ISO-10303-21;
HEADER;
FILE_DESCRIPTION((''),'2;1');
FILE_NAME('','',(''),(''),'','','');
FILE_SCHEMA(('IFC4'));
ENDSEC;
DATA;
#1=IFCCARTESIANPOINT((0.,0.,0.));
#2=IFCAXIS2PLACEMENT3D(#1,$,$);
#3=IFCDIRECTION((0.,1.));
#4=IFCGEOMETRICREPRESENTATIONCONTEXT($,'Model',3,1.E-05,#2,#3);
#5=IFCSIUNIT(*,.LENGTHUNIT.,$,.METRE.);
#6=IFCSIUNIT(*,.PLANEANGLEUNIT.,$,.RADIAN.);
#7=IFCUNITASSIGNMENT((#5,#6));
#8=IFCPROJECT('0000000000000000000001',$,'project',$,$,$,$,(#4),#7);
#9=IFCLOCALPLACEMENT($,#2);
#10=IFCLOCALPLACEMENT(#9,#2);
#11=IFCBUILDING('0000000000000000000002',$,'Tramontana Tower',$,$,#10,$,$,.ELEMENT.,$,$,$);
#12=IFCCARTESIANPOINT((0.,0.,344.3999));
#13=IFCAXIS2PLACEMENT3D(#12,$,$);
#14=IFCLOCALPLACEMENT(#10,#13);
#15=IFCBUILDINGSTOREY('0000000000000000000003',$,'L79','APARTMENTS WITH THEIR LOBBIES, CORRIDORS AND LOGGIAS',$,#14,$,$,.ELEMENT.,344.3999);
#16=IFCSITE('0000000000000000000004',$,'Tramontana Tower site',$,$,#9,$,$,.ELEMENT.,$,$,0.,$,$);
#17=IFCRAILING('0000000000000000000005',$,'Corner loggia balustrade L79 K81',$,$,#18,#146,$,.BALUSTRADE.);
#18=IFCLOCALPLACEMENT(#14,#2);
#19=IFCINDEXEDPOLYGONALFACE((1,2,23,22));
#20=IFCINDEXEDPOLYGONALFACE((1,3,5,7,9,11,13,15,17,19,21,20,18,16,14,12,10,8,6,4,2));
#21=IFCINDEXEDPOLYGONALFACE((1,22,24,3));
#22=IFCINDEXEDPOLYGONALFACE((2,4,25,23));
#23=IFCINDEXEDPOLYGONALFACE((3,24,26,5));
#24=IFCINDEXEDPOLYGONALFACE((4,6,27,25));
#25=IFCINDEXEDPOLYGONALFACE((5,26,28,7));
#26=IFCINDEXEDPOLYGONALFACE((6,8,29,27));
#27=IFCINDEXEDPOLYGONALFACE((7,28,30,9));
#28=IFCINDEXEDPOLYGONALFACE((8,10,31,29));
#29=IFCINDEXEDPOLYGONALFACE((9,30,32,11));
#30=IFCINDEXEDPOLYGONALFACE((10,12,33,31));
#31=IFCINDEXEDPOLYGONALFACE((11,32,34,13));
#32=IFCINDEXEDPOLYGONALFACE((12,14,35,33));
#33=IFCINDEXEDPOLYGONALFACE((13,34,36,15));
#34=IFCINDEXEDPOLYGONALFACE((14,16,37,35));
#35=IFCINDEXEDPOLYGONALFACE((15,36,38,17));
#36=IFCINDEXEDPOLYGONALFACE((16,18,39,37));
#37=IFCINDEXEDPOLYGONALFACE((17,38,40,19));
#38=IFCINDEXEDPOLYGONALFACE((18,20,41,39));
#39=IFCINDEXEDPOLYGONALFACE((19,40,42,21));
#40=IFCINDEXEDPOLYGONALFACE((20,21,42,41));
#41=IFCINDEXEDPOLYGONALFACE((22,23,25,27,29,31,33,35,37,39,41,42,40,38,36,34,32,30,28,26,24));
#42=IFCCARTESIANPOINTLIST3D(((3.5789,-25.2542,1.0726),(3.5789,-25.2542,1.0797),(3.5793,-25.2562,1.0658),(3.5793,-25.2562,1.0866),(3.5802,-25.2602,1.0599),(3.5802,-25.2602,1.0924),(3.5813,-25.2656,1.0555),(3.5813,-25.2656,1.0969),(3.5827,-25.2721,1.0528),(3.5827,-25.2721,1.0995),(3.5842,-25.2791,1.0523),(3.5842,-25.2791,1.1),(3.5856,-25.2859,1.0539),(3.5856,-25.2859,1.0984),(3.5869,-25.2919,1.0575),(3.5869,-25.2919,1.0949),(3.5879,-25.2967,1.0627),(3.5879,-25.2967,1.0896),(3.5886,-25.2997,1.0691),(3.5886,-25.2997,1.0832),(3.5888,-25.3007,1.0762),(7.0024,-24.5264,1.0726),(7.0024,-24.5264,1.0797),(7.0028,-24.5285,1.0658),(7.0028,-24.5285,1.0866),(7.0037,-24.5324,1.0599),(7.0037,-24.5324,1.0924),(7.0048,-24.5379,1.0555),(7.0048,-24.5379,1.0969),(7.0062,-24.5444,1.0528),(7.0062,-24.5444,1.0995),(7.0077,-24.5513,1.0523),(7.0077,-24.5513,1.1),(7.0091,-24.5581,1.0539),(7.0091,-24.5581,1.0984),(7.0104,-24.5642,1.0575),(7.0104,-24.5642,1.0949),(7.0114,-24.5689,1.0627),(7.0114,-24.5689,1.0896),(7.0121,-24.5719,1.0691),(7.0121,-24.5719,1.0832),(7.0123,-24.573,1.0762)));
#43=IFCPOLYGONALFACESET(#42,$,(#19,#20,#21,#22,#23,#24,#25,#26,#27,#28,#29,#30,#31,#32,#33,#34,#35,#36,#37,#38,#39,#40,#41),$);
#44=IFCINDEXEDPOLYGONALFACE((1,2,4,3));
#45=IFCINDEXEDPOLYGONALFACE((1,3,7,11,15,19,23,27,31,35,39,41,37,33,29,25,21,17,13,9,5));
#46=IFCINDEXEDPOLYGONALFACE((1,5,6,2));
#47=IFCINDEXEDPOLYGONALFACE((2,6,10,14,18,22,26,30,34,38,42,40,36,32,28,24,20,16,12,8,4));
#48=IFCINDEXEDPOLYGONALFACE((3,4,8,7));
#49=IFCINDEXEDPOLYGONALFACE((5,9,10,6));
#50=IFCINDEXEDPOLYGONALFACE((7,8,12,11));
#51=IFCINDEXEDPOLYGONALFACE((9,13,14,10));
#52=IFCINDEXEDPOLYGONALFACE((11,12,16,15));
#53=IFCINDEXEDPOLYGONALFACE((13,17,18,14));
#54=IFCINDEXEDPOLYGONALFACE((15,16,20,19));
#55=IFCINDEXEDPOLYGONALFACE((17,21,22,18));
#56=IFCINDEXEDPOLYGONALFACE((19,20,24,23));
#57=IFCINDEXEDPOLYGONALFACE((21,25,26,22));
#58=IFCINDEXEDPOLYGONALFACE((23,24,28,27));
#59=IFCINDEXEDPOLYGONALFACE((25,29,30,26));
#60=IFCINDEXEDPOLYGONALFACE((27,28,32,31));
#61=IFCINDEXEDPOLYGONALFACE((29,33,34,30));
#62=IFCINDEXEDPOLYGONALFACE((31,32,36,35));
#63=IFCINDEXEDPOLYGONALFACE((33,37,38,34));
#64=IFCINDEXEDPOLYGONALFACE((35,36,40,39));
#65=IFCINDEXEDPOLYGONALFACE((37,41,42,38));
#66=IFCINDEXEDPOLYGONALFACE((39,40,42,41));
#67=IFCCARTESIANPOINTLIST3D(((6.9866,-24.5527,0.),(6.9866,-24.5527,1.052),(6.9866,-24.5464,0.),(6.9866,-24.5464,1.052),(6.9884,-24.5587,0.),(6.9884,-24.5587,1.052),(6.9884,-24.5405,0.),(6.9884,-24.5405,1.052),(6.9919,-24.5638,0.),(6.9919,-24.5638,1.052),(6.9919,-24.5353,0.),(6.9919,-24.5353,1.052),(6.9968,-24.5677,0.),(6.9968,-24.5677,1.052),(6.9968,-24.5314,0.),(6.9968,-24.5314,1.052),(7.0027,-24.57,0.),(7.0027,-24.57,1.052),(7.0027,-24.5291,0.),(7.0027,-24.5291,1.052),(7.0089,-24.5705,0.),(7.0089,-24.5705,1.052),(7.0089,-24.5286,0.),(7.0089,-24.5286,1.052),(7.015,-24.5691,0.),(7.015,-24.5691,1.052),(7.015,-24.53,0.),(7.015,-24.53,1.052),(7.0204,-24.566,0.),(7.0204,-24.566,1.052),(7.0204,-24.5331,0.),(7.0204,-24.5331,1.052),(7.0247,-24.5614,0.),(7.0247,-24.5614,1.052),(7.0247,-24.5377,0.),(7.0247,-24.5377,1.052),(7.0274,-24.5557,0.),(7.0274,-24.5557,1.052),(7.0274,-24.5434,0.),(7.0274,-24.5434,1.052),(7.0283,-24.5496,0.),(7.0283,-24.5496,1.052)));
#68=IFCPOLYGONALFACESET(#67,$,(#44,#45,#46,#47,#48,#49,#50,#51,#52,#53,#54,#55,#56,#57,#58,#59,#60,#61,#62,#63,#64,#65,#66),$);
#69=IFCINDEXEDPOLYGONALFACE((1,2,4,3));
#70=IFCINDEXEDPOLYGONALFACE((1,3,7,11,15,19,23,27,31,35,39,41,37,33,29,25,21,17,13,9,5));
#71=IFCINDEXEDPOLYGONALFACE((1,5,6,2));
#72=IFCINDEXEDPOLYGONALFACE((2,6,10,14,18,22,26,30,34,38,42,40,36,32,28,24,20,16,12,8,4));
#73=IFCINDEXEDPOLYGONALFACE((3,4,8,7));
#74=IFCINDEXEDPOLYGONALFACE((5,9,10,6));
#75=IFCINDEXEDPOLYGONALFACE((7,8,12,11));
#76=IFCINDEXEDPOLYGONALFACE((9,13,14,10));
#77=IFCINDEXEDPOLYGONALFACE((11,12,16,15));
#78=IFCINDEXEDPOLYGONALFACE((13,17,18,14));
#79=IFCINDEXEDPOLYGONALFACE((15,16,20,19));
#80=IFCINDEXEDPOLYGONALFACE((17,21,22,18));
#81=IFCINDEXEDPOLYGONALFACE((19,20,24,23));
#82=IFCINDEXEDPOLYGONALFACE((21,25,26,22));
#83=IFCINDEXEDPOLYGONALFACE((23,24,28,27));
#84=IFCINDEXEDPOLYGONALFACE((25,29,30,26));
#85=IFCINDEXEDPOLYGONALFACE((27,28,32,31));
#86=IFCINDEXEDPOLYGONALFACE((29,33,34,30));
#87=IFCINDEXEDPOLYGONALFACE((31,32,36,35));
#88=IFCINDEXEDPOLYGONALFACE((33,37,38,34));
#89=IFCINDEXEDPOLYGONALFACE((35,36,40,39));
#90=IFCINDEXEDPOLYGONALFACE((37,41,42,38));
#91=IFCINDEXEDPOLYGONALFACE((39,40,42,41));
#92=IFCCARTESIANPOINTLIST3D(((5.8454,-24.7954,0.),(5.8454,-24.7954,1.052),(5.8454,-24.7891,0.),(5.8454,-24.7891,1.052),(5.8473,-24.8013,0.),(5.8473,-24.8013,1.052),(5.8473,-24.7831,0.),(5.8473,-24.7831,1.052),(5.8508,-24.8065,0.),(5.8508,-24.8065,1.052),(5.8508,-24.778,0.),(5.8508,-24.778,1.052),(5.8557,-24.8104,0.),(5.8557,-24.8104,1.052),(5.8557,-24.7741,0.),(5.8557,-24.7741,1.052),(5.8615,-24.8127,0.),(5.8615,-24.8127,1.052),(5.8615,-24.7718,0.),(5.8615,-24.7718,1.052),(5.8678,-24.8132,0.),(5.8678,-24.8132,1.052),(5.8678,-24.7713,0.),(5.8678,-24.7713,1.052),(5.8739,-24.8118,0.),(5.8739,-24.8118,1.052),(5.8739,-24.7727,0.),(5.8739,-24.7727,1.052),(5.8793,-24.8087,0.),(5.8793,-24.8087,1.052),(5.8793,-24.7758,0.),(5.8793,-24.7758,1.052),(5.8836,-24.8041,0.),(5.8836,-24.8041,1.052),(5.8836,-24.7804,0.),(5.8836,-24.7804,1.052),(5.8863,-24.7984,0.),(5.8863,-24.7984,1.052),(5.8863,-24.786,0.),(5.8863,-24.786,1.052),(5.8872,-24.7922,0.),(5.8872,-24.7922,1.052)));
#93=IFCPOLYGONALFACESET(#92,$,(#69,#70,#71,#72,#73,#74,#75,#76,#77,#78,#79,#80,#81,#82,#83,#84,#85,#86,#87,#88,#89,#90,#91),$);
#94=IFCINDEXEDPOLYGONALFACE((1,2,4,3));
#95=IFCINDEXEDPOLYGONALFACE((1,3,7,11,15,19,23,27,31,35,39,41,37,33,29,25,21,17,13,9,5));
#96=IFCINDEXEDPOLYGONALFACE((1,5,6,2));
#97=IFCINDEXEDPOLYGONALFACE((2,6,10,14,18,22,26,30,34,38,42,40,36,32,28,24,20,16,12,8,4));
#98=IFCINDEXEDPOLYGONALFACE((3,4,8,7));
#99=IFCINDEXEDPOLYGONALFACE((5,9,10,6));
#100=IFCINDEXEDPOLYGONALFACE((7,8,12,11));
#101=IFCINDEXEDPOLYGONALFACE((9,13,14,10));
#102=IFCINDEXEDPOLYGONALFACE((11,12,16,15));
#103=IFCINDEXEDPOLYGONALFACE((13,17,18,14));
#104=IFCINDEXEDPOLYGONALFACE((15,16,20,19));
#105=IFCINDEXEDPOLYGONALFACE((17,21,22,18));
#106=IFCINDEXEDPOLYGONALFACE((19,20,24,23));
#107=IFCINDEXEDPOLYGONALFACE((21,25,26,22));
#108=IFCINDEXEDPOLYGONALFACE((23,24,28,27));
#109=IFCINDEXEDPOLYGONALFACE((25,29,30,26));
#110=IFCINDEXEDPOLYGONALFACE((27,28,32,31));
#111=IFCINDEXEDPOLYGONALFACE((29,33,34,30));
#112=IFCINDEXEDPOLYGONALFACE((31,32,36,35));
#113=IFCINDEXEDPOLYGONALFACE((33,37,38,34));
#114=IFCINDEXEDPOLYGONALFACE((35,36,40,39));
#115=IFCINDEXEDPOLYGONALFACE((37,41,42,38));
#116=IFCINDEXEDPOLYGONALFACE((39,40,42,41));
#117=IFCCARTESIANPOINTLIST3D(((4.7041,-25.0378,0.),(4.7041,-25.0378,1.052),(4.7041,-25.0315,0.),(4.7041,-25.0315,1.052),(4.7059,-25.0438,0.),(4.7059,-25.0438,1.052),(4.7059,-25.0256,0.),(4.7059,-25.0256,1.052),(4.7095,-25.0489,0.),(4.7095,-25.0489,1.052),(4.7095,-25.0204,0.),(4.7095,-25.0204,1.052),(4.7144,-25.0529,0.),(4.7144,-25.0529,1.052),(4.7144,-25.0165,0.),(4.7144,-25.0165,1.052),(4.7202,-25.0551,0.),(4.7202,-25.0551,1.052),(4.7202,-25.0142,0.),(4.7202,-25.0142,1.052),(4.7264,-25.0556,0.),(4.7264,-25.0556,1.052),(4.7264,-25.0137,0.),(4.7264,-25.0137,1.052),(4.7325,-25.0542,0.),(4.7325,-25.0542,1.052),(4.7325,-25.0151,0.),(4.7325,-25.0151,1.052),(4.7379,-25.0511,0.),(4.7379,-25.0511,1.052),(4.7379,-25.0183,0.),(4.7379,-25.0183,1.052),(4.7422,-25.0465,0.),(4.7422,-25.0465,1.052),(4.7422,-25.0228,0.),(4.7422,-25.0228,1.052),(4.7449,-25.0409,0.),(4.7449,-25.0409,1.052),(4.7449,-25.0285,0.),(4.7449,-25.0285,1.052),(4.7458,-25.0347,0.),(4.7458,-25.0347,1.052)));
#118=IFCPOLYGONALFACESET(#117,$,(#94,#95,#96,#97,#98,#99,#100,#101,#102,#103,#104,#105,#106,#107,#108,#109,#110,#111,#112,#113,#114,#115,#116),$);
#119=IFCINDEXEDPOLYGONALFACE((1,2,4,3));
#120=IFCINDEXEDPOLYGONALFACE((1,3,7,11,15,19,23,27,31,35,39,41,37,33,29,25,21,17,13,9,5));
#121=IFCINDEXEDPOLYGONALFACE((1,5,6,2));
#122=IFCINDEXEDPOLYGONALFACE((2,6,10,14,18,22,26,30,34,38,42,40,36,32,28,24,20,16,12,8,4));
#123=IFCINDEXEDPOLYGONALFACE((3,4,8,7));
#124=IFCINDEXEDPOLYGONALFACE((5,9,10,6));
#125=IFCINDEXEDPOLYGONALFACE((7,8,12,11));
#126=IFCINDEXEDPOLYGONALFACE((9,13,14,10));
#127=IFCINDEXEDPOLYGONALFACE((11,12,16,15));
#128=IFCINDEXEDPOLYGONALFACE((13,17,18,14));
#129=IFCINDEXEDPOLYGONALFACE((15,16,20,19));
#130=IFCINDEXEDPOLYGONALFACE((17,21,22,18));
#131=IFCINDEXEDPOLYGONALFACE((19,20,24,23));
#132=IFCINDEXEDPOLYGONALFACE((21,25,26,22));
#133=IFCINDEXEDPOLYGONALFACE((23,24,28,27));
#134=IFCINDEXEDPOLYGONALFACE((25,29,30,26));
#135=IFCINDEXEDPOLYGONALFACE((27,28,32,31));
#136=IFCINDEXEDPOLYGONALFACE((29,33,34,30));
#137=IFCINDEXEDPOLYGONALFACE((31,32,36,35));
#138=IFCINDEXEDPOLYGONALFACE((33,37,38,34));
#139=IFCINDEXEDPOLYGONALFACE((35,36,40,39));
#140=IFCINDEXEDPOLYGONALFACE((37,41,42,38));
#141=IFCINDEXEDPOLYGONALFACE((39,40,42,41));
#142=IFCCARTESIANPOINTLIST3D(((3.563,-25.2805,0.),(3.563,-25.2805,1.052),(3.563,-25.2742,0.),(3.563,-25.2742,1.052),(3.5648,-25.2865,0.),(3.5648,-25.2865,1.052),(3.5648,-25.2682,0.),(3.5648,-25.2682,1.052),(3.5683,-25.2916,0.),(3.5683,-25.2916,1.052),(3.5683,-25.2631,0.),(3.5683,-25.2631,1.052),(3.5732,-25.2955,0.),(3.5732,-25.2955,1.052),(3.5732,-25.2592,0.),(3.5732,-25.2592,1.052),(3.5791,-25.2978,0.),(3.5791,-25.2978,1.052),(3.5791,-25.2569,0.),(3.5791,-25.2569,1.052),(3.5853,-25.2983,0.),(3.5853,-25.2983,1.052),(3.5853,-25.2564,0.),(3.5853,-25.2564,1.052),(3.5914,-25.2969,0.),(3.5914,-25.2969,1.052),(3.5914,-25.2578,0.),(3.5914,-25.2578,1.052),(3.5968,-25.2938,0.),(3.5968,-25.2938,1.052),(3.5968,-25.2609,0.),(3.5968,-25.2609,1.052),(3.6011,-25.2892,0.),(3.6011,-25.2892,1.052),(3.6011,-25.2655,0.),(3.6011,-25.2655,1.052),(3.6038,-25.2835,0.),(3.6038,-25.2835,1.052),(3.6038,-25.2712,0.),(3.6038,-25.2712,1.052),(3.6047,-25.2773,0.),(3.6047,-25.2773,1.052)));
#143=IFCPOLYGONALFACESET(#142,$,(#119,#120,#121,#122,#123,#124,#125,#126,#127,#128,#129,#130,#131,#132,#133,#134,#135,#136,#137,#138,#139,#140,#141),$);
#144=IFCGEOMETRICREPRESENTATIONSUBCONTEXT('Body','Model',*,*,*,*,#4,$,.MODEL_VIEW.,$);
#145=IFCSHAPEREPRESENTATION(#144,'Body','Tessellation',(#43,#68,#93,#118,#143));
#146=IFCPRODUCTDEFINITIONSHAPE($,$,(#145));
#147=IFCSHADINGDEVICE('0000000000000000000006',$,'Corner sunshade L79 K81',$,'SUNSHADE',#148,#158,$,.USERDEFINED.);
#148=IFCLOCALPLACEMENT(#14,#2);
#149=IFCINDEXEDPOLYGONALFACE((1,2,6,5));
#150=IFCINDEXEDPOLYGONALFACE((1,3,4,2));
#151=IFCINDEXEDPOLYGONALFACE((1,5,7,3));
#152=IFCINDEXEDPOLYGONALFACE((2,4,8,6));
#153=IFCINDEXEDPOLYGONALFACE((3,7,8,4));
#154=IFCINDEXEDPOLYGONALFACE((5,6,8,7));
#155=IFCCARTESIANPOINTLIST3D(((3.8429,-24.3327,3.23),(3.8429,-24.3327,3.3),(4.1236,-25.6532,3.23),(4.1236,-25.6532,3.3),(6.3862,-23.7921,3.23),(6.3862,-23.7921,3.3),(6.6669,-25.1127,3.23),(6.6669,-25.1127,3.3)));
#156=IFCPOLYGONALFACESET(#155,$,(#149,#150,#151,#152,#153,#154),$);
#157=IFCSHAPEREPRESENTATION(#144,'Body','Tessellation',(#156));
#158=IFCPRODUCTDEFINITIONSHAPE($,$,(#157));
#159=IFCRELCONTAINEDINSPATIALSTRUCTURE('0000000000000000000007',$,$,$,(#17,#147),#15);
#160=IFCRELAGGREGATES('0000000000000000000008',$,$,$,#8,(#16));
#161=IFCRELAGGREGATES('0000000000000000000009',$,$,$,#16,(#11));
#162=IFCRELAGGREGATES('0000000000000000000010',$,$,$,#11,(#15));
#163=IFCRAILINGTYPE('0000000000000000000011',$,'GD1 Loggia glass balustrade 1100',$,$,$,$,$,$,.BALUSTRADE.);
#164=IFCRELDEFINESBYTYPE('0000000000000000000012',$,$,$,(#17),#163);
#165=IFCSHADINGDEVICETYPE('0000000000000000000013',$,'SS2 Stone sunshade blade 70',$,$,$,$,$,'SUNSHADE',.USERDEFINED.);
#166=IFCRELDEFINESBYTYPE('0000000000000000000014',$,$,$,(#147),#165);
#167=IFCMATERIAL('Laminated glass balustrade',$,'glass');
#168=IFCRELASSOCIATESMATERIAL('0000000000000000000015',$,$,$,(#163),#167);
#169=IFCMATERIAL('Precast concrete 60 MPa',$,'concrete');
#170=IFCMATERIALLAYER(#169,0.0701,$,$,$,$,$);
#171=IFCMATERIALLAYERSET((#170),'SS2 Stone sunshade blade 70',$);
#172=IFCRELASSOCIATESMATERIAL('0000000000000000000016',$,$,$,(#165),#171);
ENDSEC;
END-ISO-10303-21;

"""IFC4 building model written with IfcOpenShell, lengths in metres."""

from ifc_helpers import new_model, si_unit, direction, frame, origin, origin_2d, place, context, subcontext, project, spatial, rectangle, circle, extrude, material, layer, layer_set, type_object, element, save


model = new_model("IFC4")

# Units and contexts
model_context = context("Model", 3, precision=1e-05, world=origin(), true_north=direction((0.0, 1.0)))
body_context = subcontext(model_context, "Body", "Model", "MODEL_VIEW")
ifc_project = project(units=[si_unit("LENGTHUNIT", "METRE"), si_unit("PLANEANGLEUNIT", "RADIAN")], contexts=[model_context])

# Site, building, storey
site_placement = place(None, origin())
site = spatial("IfcSite", under=ifc_project, at=site_placement, Name="Tramontana Tower site", CompositionType="ELEMENT", RefElevation=0.0)
building_placement = place(site_placement, origin())
building = spatial("IfcBuilding", under=site, at=building_placement, Name="Tramontana Tower", CompositionType="ELEMENT")
storey_placement = place(building_placement, frame((0.0, 0.0, 344.3999)))
storey = spatial("IfcBuildingStorey", under=building, at=storey_placement, Name="L79", Description="APARTMENTS WITH THEIR LOBBIES, CORRIDORS AND LOGGIAS", CompositionType="ELEMENT", Elevation=344.3999)

# Railing
ifc_material_1 = material(Name="Laminated glass balustrade", Category="glass")
railing_type = type_object("IfcRailingType", Name="GD1 Loggia glass balustrade 1100", PredefinedType="BALUSTRADE", material=ifc_material_1)
railing_1_placement = place(storey_placement, frame((7.0073, -24.5496, 0.0)))
element("IfcRailing", 1, at=railing_1_placement, inside=storey, type_object=railing_type, Name="Corner loggia balustrade L79 K81", PredefinedType="BALUSTRADE", context=body_context, shape_type="SweptSolid", body=[
    extrude(circle(Radius=0.0239, at=origin_2d()), frame((0.0, 0.0, 1.0762), z_axis=(-0.978143, -0.207933, 0.0), x_axis=(0.207933, -0.978143, 0.0)), (0.0, 0.0, 1.0), 3.5),
    extrude(circle(Radius=0.021, at=origin_2d()), origin(), (0.0, 0.0, 1.0), 1.052),
    extrude(circle(Radius=0.021, at=origin_2d()), frame((-1.1411, -0.2427, 0.0)), (0.0, 0.0, 1.0), 1.052),
    extrude(circle(Radius=0.021, at=origin_2d()), frame((-2.2825, -0.4851, 0.0)), (0.0, 0.0, 1.0), 1.052),
    extrude(circle(Radius=0.021, at=origin_2d()), frame((-3.4236, -0.7278, 0.0)), (0.0, 0.0, 1.0), 1.052),
])

# Shading device
ifc_material_2 = material(Name="Precast concrete 60 MPa", Category="concrete")
ifc_layer_1 = layer(ifc_material_2, 0.0701)
ifc_layer_set_1 = layer_set([ifc_layer_1], Name="SS2 Stone sunshade blade 70")
shading_device_type = type_object("IfcShadingDeviceType", Name="SS2 Stone sunshade blade 70", ElementType="SUNSHADE", PredefinedType="USERDEFINED", material=ifc_layer_set_1)
shading_device_placement = place(storey_placement, frame((5.2549, -24.7227, 3.23), z_axis=(0.0, 0.0, 1.0), x_axis=(-0.978148, -0.207912, 0.0)))
element("IfcShadingDevice", 2, at=shading_device_placement, inside=storey, type_object=shading_device_type, Name="Corner sunshade L79 K81", ObjectType="SUNSHADE", PredefinedType="USERDEFINED", context=body_context, shape_type="SweptSolid", body=[
    extrude(rectangle(XDim=2.6001, YDim=1.3501, at=origin_2d()), origin(), (0.0, 0.0, 1.0), 0.0701),
])

save(model, "model.ifc")
